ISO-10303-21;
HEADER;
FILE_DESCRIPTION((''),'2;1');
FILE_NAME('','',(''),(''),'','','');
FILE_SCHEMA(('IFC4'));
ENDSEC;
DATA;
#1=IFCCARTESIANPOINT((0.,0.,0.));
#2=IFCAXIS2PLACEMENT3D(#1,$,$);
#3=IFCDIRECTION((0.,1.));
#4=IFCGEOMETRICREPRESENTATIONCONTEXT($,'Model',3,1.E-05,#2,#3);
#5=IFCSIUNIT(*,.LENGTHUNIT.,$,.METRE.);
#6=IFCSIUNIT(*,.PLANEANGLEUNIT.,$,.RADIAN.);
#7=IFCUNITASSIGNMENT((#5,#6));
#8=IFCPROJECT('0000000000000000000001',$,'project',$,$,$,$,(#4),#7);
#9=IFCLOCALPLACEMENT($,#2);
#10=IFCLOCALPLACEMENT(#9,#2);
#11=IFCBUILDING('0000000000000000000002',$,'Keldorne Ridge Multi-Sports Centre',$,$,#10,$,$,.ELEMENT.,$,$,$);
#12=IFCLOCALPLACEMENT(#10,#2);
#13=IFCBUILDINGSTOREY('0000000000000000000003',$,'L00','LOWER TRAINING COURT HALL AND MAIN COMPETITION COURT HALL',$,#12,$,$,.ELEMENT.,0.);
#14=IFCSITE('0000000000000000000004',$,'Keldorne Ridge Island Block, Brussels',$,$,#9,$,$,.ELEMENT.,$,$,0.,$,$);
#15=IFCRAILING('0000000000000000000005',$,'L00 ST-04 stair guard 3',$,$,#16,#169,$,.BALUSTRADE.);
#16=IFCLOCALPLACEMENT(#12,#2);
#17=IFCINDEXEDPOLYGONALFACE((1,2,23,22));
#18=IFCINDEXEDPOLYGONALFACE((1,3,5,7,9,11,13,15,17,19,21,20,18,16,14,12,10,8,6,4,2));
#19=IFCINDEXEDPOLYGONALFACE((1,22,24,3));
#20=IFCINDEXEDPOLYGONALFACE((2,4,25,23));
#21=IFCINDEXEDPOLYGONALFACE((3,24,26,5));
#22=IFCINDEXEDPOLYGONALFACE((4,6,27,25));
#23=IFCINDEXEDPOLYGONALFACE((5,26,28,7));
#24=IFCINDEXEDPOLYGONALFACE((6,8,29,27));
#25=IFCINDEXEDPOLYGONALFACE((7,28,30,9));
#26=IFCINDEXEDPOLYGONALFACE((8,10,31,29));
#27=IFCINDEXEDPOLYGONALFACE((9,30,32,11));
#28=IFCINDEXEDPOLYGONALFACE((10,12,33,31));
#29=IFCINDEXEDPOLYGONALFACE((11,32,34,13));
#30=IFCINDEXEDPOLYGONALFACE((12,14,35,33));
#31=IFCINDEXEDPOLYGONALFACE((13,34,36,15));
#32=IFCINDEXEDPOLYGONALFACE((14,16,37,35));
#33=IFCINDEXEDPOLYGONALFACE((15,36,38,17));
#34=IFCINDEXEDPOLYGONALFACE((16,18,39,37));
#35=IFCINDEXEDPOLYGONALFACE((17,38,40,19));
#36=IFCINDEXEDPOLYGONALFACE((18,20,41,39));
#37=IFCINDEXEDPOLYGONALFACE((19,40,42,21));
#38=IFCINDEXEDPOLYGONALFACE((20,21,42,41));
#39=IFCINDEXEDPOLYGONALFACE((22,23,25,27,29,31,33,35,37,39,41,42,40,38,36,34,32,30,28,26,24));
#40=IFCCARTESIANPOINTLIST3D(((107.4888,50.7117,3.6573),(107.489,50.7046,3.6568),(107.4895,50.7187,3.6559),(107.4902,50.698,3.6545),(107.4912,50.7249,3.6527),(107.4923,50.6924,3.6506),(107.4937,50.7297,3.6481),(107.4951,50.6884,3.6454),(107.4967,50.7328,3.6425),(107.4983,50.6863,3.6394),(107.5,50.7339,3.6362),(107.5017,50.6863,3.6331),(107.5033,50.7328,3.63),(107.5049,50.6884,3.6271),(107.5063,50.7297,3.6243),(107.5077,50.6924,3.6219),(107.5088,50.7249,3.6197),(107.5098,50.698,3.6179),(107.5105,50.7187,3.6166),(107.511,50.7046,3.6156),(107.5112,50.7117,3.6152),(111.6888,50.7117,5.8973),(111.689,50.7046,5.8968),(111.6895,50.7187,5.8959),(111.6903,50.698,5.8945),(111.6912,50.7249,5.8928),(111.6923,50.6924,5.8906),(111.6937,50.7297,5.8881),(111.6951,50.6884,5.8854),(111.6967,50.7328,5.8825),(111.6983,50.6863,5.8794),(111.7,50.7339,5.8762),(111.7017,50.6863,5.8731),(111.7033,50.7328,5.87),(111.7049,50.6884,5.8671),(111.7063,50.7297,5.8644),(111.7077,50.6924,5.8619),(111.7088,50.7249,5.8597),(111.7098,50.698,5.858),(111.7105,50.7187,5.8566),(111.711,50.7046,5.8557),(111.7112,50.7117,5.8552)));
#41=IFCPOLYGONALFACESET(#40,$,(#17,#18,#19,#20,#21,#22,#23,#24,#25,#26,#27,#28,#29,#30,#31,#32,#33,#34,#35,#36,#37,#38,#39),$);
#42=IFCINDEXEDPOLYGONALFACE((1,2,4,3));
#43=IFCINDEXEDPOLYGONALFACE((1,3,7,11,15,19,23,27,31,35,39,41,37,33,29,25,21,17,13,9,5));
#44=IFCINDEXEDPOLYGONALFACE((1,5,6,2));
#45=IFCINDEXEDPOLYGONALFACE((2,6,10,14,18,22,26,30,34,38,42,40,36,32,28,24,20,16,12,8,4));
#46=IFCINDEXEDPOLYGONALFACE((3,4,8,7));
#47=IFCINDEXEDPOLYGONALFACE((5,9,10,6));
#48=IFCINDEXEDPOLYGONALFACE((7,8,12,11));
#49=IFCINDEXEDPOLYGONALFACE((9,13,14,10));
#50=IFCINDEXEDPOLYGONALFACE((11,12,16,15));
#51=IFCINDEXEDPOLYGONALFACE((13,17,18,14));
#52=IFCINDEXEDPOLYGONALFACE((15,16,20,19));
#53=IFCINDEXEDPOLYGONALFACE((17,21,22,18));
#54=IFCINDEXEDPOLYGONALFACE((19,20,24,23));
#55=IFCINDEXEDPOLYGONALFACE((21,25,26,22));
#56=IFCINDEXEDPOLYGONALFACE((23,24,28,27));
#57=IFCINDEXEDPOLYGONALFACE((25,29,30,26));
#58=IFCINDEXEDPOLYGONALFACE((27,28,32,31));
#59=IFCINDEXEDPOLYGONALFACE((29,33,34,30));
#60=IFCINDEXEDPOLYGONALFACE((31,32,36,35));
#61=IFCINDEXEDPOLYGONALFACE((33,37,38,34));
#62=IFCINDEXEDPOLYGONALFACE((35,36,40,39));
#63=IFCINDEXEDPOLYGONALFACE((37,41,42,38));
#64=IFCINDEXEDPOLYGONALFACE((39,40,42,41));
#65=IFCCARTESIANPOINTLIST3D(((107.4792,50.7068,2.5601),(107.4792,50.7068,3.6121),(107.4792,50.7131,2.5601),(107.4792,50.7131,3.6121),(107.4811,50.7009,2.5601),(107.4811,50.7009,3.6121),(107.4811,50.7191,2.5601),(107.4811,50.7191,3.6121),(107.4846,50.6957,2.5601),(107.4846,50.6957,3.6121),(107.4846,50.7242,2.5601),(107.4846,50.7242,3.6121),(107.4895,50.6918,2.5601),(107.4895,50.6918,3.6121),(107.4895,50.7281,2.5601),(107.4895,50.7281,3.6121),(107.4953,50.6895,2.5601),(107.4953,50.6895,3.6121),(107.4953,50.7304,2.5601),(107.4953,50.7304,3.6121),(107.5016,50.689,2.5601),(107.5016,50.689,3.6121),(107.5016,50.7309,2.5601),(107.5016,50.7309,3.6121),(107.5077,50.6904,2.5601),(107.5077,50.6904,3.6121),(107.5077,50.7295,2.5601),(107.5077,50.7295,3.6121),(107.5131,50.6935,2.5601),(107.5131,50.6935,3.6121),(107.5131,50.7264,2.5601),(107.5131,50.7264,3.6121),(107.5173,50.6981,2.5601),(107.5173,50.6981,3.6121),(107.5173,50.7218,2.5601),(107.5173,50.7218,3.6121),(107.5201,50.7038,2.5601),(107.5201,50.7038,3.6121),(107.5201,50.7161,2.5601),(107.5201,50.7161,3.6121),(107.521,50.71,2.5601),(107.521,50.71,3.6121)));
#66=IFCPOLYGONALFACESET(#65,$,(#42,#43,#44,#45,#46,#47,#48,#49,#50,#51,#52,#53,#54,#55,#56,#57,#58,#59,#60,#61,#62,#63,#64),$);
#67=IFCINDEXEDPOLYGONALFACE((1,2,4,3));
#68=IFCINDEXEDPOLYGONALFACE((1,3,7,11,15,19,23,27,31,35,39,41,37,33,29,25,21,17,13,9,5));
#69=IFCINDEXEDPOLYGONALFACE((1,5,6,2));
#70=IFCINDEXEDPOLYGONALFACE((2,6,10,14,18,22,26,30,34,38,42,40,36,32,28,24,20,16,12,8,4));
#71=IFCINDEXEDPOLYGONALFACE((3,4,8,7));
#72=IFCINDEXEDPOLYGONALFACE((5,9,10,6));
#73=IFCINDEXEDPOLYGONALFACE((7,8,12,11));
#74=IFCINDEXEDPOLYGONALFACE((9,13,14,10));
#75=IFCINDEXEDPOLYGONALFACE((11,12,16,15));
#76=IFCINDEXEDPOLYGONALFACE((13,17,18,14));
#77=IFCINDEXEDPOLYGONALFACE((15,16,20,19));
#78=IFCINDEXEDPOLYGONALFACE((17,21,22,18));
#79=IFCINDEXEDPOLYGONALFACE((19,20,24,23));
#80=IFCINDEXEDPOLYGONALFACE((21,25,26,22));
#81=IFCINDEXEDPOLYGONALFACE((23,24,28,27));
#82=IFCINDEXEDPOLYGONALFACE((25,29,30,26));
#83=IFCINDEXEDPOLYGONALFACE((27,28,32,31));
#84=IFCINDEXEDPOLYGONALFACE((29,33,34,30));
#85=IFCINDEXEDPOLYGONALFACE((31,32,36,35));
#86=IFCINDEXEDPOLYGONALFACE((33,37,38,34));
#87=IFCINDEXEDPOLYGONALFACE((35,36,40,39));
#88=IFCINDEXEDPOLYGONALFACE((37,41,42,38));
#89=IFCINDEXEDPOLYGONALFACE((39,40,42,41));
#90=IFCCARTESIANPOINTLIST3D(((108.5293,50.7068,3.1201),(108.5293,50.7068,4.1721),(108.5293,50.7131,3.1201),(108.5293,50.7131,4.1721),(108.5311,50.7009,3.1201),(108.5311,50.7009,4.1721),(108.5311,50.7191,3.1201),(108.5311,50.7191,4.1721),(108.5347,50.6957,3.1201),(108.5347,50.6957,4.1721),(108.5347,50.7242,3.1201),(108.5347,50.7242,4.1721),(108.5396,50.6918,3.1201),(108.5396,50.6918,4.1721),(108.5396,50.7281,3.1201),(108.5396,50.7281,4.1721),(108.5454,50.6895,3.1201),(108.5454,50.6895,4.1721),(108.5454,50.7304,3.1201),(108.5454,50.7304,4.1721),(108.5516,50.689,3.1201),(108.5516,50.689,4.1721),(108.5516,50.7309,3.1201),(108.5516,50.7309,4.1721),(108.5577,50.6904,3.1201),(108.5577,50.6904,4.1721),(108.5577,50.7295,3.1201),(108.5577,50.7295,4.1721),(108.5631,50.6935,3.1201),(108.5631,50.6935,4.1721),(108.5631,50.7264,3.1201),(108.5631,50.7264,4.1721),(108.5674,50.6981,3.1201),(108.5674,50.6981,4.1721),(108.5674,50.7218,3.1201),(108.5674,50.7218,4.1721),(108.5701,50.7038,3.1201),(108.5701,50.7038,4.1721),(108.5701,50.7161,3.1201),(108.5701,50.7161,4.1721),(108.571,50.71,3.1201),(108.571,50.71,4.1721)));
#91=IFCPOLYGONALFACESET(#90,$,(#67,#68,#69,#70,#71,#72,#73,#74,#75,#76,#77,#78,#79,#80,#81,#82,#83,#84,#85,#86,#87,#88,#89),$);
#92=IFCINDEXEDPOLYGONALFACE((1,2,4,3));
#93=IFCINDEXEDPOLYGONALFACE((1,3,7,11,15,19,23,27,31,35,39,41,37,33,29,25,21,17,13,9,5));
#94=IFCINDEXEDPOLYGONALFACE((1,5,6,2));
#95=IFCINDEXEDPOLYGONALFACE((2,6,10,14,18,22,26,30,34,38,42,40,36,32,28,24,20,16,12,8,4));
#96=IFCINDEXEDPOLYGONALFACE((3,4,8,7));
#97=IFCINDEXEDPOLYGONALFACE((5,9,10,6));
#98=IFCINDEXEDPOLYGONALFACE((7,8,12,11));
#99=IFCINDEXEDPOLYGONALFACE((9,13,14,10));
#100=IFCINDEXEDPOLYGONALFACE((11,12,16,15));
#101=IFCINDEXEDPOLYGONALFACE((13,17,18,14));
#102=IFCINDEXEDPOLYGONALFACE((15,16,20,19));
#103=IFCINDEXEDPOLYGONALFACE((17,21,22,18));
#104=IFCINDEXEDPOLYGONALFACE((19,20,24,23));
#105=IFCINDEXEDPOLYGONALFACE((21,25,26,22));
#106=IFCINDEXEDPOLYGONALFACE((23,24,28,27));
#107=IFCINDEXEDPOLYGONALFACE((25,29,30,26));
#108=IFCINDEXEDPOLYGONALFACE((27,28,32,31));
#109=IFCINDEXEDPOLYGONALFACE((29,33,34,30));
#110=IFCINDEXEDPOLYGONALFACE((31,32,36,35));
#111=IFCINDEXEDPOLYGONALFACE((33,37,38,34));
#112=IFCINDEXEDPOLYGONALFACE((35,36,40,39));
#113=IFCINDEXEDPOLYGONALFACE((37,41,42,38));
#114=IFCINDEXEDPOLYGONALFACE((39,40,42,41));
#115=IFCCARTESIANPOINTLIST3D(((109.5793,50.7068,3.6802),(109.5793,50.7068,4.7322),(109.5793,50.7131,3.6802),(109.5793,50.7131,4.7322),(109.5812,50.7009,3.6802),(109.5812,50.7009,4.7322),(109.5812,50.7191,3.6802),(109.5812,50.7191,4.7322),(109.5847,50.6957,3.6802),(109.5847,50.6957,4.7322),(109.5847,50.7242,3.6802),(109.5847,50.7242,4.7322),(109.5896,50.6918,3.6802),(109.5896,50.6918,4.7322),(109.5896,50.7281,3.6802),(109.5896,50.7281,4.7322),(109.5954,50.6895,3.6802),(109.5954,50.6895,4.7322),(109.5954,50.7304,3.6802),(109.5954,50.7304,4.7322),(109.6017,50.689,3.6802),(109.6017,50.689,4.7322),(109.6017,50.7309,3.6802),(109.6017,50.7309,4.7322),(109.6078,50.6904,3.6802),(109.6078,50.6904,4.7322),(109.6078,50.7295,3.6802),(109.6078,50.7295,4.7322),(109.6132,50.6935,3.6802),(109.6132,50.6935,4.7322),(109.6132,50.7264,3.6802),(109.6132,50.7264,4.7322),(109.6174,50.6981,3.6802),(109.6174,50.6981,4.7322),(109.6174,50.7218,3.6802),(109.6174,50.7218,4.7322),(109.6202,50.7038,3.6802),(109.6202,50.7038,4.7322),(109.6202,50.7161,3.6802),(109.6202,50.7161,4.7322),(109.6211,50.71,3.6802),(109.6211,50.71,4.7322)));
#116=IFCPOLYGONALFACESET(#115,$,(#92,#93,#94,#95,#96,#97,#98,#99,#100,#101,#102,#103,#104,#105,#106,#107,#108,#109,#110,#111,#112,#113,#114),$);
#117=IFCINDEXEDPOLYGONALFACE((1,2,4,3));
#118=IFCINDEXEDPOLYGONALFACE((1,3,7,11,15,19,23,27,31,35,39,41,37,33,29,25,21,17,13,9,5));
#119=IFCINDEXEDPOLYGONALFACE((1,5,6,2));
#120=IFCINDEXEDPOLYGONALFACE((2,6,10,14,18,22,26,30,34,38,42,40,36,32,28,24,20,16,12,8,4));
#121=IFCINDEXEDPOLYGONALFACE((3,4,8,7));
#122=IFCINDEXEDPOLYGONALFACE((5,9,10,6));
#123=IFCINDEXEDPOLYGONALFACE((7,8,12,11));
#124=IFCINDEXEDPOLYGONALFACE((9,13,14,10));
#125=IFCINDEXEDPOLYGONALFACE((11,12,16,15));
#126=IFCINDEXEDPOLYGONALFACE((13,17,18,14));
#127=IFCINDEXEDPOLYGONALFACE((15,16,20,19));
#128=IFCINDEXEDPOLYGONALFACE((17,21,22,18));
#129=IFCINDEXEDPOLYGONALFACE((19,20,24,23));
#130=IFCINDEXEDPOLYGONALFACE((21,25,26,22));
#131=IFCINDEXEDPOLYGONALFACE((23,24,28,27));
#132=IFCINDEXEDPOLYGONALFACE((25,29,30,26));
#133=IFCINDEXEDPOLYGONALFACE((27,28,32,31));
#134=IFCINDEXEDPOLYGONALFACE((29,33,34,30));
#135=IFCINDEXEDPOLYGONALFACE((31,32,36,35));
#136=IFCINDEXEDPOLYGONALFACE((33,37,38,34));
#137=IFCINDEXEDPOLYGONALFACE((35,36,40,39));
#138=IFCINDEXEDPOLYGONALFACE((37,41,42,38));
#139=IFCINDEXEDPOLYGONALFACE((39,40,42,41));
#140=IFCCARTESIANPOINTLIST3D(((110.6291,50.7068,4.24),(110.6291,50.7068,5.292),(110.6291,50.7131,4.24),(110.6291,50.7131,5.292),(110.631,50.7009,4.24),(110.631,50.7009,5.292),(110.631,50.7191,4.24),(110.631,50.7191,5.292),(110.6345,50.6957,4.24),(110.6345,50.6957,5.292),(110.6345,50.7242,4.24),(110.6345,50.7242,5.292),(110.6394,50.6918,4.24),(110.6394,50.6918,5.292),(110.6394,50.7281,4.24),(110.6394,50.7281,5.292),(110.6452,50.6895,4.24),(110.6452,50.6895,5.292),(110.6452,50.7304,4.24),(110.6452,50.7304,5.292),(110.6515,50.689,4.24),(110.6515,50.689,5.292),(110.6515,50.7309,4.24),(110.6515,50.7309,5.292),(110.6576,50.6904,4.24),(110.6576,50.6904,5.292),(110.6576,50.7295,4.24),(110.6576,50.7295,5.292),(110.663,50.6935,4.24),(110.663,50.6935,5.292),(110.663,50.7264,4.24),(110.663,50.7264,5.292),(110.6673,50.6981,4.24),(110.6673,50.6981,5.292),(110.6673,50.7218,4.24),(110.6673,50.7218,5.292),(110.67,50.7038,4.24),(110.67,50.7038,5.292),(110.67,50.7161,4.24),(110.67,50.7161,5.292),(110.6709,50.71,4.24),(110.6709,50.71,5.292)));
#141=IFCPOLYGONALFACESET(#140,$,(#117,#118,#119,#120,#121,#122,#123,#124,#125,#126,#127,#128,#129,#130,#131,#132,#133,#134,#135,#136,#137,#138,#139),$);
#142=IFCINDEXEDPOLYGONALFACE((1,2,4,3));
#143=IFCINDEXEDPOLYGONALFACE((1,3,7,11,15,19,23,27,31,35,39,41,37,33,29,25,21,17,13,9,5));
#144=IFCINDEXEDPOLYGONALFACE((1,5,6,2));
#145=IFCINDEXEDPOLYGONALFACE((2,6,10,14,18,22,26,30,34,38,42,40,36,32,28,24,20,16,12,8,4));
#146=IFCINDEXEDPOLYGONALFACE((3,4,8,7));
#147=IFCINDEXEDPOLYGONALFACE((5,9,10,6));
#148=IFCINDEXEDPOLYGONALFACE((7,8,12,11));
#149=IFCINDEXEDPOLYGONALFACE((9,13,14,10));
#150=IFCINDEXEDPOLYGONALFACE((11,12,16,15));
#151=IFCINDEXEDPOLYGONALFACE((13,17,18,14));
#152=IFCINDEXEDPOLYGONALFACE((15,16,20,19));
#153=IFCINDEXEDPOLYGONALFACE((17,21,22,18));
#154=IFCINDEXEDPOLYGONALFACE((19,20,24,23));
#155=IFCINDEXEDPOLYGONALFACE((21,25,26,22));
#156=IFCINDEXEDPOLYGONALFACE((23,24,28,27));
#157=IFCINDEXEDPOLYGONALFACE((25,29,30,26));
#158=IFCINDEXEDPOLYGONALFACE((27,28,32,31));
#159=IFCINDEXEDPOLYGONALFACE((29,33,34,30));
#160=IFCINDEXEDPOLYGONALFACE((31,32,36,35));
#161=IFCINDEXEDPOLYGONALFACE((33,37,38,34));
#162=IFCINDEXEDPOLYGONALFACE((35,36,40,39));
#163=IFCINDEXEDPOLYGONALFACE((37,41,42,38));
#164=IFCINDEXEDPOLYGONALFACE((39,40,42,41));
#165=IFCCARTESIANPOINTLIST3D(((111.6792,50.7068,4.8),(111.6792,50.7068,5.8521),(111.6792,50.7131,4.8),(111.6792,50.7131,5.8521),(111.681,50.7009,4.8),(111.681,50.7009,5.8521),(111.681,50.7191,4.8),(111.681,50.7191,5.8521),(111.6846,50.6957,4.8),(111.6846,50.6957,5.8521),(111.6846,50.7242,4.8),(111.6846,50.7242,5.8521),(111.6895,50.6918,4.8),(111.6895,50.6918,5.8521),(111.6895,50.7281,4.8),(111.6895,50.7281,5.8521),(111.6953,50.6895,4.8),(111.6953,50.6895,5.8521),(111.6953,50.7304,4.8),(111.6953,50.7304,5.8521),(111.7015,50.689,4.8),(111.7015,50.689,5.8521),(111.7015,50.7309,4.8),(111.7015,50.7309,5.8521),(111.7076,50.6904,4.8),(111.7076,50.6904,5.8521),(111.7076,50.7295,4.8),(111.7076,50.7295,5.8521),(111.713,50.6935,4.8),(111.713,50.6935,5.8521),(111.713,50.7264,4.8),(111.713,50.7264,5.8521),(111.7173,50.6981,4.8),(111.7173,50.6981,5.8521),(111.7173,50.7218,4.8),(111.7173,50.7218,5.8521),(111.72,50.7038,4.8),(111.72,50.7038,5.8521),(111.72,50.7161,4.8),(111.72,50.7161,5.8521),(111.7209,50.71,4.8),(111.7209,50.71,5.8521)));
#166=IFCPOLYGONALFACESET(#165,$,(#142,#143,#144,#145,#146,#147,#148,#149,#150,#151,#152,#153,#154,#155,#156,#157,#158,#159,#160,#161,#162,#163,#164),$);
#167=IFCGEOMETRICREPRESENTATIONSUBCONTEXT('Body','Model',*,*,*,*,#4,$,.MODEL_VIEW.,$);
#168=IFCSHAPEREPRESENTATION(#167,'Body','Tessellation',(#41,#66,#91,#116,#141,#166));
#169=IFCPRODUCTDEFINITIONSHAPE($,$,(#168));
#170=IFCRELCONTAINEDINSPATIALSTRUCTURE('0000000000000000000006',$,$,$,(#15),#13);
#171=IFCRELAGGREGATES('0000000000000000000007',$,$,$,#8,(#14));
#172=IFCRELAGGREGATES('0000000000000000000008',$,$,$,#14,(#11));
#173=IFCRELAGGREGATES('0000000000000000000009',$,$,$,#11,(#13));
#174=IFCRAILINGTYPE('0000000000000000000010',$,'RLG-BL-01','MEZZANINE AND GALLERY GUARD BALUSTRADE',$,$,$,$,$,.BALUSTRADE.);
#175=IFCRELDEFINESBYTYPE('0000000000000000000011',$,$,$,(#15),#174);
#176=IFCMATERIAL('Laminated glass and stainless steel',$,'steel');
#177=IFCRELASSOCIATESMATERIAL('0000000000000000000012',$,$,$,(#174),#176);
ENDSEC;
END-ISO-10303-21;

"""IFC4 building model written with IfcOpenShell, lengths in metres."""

from ifc_helpers import new_model, si_unit, direction, frame, origin, origin_2d, place, context, subcontext, project, spatial, circle, extrude, material, type_object, element, save


model = new_model("IFC4")

# Units and contexts
model_context = context("Model", 3, precision=1e-05, world=origin(), true_north=direction((0.0, 1.0)))
body_context = subcontext(model_context, "Body", "Model", "MODEL_VIEW")
ifc_project = project(units=[si_unit("LENGTHUNIT", "METRE"), si_unit("PLANEANGLEUNIT", "RADIAN")], contexts=[model_context])

# Site, building, storey
site_placement = place(None, origin())
site = spatial("IfcSite", under=ifc_project, at=site_placement, Name="Keldorne Ridge Island Block, Brussels", CompositionType="ELEMENT", RefElevation=0.0)
building_placement = place(site_placement, origin())
building = spatial("IfcBuilding", under=site, at=building_placement, Name="Keldorne Ridge Multi-Sports Centre", CompositionType="ELEMENT")
storey_placement = place(building_placement, origin())
storey = spatial("IfcBuildingStorey", under=building, at=storey_placement, Name="L00", Description="LOWER TRAINING COURT HALL AND MAIN COMPETITION COURT HALL", CompositionType="ELEMENT", Elevation=0.0)

# Railing
ifc_material_1 = material(Name="Laminated glass and stainless steel", Category="steel")
railing_type_1 = type_object("IfcRailingType", Name="RLG-BL-01", Description="MEZZANINE AND GALLERY GUARD BALUSTRADE", PredefinedType="BALUSTRADE", material=ifc_material_1)
railing_1_placement = place(storey_placement, frame((107.5, 50.71, 2.5601)))
element("IfcRailing", 1, at=railing_1_placement, inside=storey, type_object=railing_type_1, Name="L00 ST-04 stair guard 3", PredefinedType="BALUSTRADE", context=body_context, shape_type="SweptSolid", body=[
    extrude(circle(Radius=0.0239, at=origin_2d()), frame((0.0, 0.0, 1.0762), z_axis=(0.882352, 0.0, 0.470591), x_axis=(0.0, 1.0, 0.0)), (0.0, 0.0, 1.0), 4.76),
    extrude(circle(Radius=0.021, at=origin_2d()), origin(), (0.0, 0.0, 1.0), 1.052),
    extrude(circle(Radius=0.021, at=origin_2d()), frame((1.05, 0.0, 0.5601)), (0.0, 0.0, 1.0), 1.052),
    extrude(circle(Radius=0.021, at=origin_2d()), frame((2.1001, 0.0, 1.1201)), (0.0, 0.0, 1.0), 1.052),
    extrude(circle(Radius=0.021, at=origin_2d()), frame((3.1499, 0.0, 1.6799)), (0.0, 0.0, 1.0), 1.052),
    extrude(circle(Radius=0.021, at=origin_2d()), frame((4.2, 0.0, 2.24)), (0.0, 0.0, 1.0), 1.052),
])

save(model, "model.ifc")
